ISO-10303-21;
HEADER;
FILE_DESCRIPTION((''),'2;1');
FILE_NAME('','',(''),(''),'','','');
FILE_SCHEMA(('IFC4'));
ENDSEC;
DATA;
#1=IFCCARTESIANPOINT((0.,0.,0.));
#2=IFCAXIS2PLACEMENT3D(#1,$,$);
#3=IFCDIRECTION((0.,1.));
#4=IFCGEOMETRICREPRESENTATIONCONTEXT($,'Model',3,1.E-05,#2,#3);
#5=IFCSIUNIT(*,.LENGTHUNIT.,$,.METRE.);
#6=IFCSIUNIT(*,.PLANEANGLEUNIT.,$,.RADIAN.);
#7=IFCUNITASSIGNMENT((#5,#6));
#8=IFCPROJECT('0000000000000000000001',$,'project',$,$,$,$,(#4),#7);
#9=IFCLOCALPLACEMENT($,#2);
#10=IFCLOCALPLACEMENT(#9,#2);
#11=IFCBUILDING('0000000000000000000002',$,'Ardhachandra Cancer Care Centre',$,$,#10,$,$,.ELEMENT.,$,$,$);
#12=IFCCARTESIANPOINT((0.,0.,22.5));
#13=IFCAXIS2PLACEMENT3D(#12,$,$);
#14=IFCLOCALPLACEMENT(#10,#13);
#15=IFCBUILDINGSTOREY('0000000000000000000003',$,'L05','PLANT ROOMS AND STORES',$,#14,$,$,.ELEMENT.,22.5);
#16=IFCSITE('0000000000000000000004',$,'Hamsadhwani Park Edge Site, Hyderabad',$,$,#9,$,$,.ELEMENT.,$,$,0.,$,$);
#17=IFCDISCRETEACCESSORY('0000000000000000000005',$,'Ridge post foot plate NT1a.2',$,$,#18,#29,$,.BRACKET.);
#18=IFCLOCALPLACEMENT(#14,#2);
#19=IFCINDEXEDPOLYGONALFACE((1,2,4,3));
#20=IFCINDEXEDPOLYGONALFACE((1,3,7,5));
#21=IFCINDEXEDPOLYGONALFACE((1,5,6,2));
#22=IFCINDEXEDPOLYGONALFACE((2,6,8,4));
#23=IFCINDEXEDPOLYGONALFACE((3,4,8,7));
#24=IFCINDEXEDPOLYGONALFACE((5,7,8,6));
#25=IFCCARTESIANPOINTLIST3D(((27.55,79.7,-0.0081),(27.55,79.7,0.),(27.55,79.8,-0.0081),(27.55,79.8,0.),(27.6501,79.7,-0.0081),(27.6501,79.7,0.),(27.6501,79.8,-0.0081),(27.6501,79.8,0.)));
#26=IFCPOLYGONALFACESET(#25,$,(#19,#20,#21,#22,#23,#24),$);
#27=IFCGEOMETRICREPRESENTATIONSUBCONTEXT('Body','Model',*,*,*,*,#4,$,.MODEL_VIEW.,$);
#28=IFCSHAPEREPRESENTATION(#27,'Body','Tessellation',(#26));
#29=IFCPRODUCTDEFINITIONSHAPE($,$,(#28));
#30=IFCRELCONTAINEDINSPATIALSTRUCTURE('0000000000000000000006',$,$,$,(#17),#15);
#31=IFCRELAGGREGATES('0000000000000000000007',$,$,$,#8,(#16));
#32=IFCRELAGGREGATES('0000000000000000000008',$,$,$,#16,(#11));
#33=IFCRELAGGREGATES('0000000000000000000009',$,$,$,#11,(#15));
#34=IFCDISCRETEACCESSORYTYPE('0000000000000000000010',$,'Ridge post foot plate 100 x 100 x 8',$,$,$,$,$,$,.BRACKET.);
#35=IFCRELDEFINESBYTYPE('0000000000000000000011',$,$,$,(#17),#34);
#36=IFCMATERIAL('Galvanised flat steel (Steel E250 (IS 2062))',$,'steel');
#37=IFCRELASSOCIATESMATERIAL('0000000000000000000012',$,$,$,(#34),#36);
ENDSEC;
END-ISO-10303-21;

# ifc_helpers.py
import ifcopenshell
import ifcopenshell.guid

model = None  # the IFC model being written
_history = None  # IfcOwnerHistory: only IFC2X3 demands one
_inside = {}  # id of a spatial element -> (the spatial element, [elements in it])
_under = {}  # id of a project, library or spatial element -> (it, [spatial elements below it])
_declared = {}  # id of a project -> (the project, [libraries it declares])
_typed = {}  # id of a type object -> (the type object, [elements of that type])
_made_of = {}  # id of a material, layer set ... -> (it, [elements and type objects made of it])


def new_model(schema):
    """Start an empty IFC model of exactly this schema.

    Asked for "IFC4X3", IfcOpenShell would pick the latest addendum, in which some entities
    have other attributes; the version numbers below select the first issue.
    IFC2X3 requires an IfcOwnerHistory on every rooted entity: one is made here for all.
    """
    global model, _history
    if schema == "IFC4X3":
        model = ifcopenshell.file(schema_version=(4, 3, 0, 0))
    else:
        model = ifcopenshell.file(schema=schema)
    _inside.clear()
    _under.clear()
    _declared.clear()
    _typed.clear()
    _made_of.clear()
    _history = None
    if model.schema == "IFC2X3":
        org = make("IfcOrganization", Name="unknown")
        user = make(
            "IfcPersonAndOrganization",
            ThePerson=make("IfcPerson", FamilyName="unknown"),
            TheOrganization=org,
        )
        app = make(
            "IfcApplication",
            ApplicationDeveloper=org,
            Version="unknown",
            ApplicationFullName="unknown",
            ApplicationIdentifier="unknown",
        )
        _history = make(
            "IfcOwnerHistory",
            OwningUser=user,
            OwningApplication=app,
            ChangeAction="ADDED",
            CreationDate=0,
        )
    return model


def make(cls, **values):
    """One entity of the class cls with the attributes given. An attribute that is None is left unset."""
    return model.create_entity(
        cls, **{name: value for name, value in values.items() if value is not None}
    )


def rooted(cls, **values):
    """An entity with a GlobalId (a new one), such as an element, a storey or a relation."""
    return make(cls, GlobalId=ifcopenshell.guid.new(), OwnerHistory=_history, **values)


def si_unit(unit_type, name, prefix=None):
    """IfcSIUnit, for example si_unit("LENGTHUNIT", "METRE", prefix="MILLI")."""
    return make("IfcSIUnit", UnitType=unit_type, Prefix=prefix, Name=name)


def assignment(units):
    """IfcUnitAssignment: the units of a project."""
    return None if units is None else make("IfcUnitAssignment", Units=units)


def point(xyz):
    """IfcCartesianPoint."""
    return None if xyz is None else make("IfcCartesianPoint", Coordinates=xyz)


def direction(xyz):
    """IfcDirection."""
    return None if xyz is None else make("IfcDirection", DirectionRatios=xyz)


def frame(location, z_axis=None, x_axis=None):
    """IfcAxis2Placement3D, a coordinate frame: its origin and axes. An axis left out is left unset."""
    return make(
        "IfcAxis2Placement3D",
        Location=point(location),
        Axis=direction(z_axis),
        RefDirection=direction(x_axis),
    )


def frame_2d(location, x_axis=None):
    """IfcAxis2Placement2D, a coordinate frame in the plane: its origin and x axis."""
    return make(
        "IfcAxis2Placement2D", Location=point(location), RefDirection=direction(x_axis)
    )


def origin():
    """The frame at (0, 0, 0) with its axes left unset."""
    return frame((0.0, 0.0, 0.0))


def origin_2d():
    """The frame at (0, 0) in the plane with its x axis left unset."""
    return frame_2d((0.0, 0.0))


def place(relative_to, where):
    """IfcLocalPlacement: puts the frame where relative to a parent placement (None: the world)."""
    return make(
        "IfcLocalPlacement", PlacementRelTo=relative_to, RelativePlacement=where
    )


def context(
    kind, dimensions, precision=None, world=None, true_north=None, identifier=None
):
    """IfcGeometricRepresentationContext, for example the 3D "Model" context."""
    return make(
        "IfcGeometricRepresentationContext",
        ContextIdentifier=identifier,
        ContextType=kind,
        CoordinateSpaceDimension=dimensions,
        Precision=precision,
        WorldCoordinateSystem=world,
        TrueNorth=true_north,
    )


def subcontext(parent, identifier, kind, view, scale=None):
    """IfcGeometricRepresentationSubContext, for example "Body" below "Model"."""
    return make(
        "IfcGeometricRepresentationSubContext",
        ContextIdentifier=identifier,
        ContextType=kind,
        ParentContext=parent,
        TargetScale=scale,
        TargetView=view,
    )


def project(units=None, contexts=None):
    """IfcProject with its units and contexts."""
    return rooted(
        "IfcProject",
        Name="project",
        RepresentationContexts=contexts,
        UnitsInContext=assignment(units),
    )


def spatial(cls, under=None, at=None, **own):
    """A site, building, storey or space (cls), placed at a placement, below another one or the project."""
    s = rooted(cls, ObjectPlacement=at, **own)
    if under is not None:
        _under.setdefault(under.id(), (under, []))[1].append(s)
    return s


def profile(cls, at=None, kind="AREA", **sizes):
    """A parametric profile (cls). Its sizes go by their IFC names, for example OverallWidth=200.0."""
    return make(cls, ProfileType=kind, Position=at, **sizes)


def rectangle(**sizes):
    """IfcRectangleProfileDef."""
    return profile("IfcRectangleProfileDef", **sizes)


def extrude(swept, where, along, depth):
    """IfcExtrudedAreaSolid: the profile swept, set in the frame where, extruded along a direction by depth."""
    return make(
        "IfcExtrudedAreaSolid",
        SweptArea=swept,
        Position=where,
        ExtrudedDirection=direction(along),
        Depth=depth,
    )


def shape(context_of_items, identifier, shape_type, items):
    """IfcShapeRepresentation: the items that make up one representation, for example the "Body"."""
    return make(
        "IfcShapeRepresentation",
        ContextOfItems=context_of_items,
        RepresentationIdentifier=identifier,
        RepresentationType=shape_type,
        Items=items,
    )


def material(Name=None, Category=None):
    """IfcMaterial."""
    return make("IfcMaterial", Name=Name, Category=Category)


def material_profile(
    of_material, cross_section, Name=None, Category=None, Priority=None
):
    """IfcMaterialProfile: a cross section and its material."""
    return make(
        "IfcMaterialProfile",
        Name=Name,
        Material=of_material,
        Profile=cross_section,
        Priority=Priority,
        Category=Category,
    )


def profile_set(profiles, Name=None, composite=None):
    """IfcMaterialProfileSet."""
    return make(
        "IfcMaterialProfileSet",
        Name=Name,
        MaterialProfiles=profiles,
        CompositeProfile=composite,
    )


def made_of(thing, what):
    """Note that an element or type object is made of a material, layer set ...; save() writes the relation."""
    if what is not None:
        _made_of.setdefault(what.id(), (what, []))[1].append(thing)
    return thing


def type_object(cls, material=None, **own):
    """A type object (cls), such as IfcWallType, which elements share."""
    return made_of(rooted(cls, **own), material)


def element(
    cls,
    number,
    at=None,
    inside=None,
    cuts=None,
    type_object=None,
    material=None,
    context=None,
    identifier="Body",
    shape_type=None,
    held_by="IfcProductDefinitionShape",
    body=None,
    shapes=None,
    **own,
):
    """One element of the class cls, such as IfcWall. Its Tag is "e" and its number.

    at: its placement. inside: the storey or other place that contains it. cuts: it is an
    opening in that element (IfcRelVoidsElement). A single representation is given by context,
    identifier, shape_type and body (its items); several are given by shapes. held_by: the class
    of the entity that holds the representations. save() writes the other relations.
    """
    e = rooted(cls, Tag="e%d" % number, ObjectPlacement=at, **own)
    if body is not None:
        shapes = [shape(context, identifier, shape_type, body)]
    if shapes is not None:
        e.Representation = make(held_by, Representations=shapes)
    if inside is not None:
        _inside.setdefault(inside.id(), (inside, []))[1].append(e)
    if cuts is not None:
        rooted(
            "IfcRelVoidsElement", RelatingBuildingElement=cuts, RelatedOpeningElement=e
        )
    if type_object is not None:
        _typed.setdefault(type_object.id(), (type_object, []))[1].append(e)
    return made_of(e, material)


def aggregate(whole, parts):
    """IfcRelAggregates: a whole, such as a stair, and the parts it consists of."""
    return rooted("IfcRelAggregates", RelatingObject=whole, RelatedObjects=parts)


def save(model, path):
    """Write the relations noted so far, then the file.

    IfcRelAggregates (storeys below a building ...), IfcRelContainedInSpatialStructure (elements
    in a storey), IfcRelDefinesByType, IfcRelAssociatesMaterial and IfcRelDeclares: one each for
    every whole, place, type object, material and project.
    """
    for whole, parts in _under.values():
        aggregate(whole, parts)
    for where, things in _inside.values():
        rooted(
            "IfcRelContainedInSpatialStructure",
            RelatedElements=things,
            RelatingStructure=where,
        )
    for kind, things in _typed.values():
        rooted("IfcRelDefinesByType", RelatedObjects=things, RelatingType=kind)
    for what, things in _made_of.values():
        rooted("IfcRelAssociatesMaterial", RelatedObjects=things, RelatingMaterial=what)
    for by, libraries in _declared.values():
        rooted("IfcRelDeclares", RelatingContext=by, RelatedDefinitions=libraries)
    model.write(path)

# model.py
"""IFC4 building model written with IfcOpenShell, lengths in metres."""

from ifc_helpers import new_model, si_unit, direction, frame, origin, origin_2d, place, context, subcontext, project, spatial, rectangle, extrude, material, material_profile, profile_set, type_object, element, save


model = new_model("IFC4")

# Units and contexts
model_context = context("Model", 3, precision=1e-05, world=origin(), true_north=direction((0.0, 1.0)))
body_context = subcontext(model_context, "Body", "Model", "MODEL_VIEW")
ifc_project = project(units=[si_unit("LENGTHUNIT", "METRE"), si_unit("PLANEANGLEUNIT", "RADIAN")], contexts=[model_context])

# Site, building, storey
site_placement = place(None, origin())
site = spatial("IfcSite", under=ifc_project, at=site_placement, Name="Hamsadhwani Park Edge Site, Hyderabad", CompositionType="ELEMENT", RefElevation=0.0)
building_placement = place(site_placement, origin())
building = spatial("IfcBuilding", under=site, at=building_placement, Name="Ardhachandra Cancer Care Centre", CompositionType="ELEMENT")
storey_placement = place(building_placement, frame((0.0, 0.0, 22.5)))
storey = spatial("IfcBuildingStorey", under=building, at=storey_placement, Name="L05", Description="PLANT ROOMS AND STORES", CompositionType="ELEMENT", Elevation=22.5)

# Discrete accessory
ifc_material_1 = material(Name="Galvanised flat steel (Steel E250 (IS 2062))", Category="steel")
ifc_material_profile_1 = material_profile(ifc_material_1, rectangle(XDim=0.1001, YDim=0.1001, at=origin_2d()), Name="Ridge post foot plate 100 x 100 x 8")
ifc_profile_set_1 = profile_set([ifc_material_profile_1], Name="Galvanised flat steel (Steel E250 (IS 2062))")
discrete_accessory_type_1 = type_object("IfcDiscreteAccessoryType", Name="Ridge post foot plate 100 x 100 x 8", PredefinedType="BRACKET", material=ifc_profile_set_1)
discrete_accessory_placement = place(storey_placement, frame((27.6001, 79.75, 0.0), z_axis=(0.0, 0.0, -1.0), x_axis=(1.0, 0.0, 0.0)))
element("IfcDiscreteAccessory", 1, at=discrete_accessory_placement, inside=storey, type_object=discrete_accessory_type_1, Name="Ridge post foot plate NT1a.2", PredefinedType="BRACKET", context=body_context, shape_type="SweptSolid", body=[
    extrude(rectangle(XDim=0.1001, YDim=0.1001, at=origin_2d()), origin(), (0.0, 0.0, 1.0), 0.0081),
])

save(model, "model.ifc")
